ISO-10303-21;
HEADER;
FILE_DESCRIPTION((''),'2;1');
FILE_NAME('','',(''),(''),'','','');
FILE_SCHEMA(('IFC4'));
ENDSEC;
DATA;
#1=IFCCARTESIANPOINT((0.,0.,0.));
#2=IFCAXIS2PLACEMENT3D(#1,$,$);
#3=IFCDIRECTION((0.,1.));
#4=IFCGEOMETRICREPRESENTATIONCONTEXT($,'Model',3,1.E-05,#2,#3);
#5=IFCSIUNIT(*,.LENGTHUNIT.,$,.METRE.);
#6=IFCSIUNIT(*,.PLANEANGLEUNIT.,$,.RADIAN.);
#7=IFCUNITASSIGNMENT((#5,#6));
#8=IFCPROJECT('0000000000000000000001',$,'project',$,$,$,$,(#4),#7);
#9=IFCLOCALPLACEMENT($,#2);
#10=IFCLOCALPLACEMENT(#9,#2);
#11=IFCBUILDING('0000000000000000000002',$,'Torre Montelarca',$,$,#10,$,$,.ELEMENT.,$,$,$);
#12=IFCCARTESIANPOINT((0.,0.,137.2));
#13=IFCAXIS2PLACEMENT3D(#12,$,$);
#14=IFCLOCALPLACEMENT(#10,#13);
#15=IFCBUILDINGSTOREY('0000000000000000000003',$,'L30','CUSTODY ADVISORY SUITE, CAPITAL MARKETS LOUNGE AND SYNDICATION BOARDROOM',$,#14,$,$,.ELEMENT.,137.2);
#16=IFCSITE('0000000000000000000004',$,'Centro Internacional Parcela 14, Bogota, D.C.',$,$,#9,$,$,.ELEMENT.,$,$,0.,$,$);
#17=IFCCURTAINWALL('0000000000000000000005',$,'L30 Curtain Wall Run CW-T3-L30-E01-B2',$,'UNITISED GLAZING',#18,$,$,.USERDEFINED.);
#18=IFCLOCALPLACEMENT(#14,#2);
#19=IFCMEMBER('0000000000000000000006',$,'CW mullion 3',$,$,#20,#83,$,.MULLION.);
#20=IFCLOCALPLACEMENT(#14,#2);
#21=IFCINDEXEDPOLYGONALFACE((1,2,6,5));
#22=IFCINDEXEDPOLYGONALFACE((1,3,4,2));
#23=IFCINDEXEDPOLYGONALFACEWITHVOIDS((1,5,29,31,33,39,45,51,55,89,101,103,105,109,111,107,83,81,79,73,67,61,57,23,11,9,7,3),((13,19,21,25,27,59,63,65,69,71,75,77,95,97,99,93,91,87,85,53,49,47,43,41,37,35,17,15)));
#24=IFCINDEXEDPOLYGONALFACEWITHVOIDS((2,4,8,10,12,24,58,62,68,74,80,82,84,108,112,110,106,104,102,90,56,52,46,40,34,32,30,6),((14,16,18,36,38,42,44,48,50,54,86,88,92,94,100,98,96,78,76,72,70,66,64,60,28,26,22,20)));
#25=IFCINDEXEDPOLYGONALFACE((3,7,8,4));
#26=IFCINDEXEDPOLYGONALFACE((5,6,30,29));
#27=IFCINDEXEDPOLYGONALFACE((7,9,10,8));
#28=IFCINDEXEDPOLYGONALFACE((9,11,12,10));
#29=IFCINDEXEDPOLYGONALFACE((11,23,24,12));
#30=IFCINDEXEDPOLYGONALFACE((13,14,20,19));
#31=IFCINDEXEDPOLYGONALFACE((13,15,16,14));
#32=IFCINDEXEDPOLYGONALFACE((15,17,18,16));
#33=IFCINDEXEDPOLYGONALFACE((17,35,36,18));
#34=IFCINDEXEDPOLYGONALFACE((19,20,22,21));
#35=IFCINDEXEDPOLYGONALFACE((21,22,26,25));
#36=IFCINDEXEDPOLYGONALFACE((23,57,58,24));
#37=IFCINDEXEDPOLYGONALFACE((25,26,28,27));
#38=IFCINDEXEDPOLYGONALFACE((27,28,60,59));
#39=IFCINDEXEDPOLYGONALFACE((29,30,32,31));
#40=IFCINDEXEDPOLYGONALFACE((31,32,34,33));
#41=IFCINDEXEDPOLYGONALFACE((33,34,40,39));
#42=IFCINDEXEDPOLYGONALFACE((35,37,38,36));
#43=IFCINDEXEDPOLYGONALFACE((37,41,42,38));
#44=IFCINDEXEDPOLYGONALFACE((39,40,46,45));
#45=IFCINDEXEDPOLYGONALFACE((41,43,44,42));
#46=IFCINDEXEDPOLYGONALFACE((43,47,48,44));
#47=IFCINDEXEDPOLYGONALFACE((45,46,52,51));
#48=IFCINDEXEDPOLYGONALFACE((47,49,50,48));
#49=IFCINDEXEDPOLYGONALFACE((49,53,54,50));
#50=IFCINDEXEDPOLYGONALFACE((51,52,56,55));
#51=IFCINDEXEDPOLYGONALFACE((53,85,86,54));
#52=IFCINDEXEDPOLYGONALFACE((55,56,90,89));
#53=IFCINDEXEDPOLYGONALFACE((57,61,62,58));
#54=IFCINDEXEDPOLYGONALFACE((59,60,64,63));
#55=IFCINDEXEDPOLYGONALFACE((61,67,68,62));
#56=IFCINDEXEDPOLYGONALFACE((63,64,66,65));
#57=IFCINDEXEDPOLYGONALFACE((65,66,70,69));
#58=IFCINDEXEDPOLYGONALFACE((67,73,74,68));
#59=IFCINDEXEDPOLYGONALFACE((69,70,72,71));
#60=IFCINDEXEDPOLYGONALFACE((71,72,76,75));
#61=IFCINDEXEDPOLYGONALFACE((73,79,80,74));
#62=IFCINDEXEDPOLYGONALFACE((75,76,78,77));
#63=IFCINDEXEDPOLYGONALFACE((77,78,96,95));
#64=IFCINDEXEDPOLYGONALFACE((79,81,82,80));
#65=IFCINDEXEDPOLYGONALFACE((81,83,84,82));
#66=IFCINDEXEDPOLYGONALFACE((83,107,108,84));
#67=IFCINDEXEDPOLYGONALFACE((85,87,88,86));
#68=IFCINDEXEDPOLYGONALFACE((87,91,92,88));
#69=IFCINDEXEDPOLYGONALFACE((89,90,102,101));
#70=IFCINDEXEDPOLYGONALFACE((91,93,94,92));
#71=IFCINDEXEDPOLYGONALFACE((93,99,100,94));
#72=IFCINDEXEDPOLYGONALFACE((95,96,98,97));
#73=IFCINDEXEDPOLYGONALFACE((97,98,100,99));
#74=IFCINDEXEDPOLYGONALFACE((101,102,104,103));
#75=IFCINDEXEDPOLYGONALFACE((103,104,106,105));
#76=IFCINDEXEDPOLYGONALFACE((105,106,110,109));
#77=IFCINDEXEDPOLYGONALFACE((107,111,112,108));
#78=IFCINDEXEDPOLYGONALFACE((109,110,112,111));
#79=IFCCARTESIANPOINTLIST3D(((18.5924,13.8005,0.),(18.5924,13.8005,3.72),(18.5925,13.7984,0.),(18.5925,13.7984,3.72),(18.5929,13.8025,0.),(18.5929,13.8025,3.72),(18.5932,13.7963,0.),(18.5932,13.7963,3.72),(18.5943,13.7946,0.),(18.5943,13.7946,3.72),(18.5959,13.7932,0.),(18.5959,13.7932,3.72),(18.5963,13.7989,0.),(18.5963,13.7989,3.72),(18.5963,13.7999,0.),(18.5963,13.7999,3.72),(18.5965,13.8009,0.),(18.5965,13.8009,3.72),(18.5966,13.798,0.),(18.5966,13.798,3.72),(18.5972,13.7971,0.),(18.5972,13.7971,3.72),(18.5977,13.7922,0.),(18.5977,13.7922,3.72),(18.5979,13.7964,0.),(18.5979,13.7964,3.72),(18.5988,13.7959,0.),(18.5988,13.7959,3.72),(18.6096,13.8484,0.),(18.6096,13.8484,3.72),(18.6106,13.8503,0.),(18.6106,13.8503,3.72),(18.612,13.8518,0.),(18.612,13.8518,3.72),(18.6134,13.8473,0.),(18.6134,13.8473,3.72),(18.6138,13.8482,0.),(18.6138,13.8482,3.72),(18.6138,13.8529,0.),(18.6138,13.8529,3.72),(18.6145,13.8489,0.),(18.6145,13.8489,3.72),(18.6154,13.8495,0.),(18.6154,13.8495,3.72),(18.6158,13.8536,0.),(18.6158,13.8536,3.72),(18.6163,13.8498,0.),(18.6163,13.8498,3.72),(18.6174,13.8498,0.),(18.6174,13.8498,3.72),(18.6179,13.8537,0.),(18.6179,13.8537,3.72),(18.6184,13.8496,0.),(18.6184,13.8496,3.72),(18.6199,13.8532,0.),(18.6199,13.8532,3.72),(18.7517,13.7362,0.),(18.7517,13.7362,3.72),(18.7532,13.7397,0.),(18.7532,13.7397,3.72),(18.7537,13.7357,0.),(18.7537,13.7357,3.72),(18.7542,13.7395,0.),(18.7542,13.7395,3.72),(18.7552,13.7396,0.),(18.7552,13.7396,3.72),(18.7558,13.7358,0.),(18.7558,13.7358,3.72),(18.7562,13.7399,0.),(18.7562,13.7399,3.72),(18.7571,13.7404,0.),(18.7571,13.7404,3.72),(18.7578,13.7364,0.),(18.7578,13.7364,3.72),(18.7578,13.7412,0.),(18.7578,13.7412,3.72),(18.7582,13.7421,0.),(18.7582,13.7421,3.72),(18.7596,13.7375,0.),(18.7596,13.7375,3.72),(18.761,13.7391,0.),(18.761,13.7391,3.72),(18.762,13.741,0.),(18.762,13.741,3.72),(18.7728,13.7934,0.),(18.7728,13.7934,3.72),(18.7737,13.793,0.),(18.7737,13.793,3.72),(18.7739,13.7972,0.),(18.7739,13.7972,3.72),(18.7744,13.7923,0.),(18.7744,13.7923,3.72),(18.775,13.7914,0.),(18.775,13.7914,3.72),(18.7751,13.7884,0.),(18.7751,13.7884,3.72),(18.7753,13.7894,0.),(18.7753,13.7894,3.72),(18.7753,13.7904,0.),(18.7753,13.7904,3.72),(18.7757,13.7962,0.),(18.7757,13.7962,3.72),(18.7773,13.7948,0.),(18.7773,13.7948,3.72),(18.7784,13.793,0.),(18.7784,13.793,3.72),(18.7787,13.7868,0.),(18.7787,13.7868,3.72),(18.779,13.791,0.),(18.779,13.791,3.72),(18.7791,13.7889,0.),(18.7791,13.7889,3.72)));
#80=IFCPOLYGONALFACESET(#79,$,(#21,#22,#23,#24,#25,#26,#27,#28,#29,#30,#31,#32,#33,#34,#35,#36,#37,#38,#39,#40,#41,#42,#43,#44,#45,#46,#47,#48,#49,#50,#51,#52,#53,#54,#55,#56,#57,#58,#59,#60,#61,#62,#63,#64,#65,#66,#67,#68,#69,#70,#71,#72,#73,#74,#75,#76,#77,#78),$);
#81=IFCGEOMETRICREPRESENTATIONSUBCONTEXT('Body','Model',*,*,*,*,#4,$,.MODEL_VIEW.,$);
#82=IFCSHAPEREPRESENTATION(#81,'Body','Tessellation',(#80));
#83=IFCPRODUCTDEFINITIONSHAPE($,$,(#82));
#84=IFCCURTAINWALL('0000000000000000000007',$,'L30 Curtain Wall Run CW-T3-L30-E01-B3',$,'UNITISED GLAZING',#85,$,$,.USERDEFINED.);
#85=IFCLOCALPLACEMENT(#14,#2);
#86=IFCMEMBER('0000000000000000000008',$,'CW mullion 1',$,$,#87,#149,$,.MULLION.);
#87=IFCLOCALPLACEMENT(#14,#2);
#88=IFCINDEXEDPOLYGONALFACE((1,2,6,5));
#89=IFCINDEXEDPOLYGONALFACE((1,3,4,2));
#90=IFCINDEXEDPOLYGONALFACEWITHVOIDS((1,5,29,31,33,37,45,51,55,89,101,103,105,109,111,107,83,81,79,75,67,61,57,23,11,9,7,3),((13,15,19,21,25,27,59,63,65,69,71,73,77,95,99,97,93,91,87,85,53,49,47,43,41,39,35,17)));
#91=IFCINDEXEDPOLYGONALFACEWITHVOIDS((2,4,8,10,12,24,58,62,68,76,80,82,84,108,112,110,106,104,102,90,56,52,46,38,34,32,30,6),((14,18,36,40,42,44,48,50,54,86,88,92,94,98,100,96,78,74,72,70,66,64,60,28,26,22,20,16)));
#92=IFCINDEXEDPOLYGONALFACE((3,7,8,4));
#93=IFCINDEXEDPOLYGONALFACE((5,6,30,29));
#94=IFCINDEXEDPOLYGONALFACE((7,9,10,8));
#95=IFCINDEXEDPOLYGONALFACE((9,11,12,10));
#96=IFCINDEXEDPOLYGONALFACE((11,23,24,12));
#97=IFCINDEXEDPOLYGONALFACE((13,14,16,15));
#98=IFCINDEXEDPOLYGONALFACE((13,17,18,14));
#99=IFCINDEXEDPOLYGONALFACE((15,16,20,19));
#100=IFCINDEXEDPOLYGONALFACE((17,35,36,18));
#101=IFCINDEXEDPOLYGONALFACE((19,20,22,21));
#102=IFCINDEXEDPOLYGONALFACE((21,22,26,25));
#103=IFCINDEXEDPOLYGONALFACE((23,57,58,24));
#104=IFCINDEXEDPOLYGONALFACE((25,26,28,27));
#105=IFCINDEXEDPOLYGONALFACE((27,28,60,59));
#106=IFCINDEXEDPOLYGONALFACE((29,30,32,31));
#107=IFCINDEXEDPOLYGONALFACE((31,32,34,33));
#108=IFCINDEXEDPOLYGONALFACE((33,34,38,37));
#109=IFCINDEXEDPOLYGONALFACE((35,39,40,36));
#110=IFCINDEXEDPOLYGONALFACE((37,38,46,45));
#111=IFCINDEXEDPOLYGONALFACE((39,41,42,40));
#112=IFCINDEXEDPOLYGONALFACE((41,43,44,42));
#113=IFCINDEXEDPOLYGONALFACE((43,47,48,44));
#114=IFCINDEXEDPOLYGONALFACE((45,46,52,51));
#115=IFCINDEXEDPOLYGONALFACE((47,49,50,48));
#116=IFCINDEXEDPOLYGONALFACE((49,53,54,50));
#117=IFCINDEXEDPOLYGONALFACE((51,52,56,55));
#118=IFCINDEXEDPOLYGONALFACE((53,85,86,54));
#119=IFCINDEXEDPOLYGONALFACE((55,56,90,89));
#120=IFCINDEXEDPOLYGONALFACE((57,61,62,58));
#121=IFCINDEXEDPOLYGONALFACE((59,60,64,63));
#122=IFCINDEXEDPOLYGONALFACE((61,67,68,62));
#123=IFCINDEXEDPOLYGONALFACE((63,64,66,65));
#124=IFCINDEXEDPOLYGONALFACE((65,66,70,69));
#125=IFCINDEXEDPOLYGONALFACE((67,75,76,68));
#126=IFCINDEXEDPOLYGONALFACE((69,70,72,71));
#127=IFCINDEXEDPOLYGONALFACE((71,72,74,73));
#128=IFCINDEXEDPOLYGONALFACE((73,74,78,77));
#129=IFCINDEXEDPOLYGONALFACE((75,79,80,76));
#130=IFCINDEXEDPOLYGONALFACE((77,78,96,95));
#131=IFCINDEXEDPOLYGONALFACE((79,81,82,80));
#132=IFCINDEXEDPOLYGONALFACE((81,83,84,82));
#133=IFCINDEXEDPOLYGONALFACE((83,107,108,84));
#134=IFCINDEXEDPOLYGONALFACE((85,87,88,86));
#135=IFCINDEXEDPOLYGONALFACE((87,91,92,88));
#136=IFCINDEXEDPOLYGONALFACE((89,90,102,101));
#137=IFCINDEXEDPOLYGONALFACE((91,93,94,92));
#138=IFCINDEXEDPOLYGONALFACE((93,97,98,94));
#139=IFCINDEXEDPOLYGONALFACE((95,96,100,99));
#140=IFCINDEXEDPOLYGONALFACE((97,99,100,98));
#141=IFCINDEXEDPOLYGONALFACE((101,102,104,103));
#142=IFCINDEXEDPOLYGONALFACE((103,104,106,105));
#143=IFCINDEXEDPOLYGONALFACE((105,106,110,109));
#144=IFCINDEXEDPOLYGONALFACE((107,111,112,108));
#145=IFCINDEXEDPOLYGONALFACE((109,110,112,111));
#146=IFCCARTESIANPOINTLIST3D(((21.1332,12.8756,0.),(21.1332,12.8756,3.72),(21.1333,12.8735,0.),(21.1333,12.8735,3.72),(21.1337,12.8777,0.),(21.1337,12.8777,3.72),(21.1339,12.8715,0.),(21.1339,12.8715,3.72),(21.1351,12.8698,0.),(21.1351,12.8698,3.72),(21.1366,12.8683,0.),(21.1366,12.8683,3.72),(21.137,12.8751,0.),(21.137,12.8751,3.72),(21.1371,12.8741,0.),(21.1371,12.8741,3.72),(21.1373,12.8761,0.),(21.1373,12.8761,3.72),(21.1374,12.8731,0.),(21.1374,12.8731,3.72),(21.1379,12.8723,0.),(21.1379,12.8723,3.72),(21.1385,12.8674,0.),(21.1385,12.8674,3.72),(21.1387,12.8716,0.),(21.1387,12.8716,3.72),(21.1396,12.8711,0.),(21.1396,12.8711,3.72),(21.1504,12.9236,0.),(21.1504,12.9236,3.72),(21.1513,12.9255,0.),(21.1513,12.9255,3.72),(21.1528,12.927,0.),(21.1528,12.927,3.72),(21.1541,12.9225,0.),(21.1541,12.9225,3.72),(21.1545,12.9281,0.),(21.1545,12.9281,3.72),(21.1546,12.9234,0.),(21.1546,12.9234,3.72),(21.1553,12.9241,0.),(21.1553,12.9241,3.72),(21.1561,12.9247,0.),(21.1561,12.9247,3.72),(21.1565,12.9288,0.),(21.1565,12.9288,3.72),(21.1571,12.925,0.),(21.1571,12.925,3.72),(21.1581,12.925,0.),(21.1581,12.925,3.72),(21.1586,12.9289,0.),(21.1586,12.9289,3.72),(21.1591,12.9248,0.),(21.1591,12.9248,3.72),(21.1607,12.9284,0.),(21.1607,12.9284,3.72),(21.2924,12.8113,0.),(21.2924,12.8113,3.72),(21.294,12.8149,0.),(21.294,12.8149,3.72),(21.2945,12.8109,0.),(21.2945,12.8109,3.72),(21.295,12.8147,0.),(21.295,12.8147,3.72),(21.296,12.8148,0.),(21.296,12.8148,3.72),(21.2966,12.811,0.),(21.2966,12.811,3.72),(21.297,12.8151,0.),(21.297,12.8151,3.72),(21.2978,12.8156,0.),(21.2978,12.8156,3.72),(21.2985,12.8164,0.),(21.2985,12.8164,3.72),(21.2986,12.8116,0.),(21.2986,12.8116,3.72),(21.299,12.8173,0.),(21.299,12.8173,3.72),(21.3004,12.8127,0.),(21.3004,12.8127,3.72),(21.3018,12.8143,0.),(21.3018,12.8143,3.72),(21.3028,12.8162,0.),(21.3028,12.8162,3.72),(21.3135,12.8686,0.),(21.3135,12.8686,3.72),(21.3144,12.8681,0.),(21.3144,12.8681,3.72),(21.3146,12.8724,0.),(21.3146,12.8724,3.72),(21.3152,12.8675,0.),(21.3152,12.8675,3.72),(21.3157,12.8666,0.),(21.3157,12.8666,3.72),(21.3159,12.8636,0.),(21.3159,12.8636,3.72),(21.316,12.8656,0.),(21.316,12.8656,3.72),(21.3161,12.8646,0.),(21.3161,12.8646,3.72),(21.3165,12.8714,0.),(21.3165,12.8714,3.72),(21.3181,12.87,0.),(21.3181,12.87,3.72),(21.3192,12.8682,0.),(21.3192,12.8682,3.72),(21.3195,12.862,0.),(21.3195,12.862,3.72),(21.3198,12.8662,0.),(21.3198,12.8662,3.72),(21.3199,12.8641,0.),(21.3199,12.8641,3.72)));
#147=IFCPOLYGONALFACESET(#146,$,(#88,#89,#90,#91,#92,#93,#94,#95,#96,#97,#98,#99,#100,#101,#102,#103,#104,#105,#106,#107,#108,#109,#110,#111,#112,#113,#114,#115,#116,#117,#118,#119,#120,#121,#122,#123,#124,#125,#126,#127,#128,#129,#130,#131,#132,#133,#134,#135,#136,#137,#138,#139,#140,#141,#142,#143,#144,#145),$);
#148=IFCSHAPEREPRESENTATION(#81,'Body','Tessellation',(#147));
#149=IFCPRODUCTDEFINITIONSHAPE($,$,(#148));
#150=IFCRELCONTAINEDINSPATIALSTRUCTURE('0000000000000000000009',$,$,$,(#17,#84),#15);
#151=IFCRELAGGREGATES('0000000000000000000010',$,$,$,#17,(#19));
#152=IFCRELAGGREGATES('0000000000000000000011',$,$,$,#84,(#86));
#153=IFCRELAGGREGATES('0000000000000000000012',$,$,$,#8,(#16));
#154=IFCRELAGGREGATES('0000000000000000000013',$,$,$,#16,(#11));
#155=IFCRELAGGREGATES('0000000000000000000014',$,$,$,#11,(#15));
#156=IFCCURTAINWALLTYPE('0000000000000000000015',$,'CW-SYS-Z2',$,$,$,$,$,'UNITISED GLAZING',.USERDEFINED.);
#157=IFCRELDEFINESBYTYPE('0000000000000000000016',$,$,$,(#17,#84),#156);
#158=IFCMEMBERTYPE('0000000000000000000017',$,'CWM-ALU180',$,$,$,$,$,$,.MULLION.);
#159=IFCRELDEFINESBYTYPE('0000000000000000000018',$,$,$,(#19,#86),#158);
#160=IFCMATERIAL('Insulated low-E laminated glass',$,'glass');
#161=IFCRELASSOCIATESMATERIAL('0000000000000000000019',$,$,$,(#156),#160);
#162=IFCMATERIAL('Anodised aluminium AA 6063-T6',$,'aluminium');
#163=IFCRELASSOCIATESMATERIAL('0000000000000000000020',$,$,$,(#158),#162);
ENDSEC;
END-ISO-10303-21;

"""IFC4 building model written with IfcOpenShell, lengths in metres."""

from ifc_helpers import new_model, si_unit, direction, frame, origin, origin_2d, place, context, subcontext, project, spatial, hollow_rectangle, extrude, source, transform, mapped, material, material_profile, profile_set, type_object, element, aggregate, save


model = new_model("IFC4")

# Units and contexts
model_context = context("Model", 3, precision=1e-05, world=origin(), true_north=direction((0.0, 1.0)))
body_context = subcontext(model_context, "Body", "Model", "MODEL_VIEW")
ifc_project = project(units=[si_unit("LENGTHUNIT", "METRE"), si_unit("PLANEANGLEUNIT", "RADIAN")], contexts=[model_context])

# Site, building, storey
site_placement = place(None, origin())
site = spatial("IfcSite", under=ifc_project, at=site_placement, Name="Centro Internacional Parcela 14, Bogota, D.C.", CompositionType="ELEMENT", RefElevation=0.0)
building_placement = place(site_placement, origin())
building = spatial("IfcBuilding", under=site, at=building_placement, Name="Torre Montelarca", CompositionType="ELEMENT")
storey_placement = place(building_placement, frame((0.0, 0.0, 137.2)))
storey = spatial("IfcBuildingStorey", under=building, at=storey_placement, Name="L30", Description="CUSTODY ADVISORY SUITE, CAPITAL MARKETS LOUNGE AND SYNDICATION BOARDROOM", CompositionType="ELEMENT", Elevation=137.2)

# Curtain walls, members
ifc_material_1 = material(Name="Insulated low-E laminated glass", Category="glass")
curtain_wall_type = type_object("IfcCurtainWallType", Name="CW-SYS-Z2", ElementType="UNITISED GLAZING", PredefinedType="USERDEFINED", material=ifc_material_1)
ifc_material_2 = material(Name="Anodised aluminium AA 6063-T6", Category="aluminium")
ifc_material_profile_1 = material_profile(ifc_material_2, hollow_rectangle(XDim=0.0649, YDim=0.1799, WallThickness=0.0039, InnerFilletRadius=0.0039, OuterFilletRadius=0.0081, at=origin_2d()), Name="ALU65X180X4", Category="aluminium")
ifc_profile_set_1 = profile_set([ifc_material_profile_1], Name="Anodised aluminium AA 6063-T6")
member_type_1 = type_object("IfcMemberType", Name="CWM-ALU180", PredefinedType="MULLION", material=ifc_profile_set_1)
shared_shape_1 = source(origin(), body_context, "Body", "SweptSolid", [
    extrude(hollow_rectangle(XDim=0.0649, YDim=0.1799, WallThickness=0.0039, InnerFilletRadius=0.0039, OuterFilletRadius=0.0081, at=origin_2d()), origin(), (0.0, 0.0, 1.0), 3.72),
])
curtain_wall_1_placement = place(storey_placement, origin())
curtain_wall_1 = element("IfcCurtainWall", 1, at=curtain_wall_1_placement, inside=storey, type_object=curtain_wall_type, Name="L30 Curtain Wall Run CW-T3-L30-E01-B2", ObjectType="UNITISED GLAZING", PredefinedType="USERDEFINED")
member_1_placement = place(storey_placement, frame((18.6858, 13.7947, 0.0), z_axis=(0.0, 0.0, 1.0), x_axis=(0.342025, 0.939691, 0.0)))
member_1 = element("IfcMember", 2, at=member_1_placement, type_object=member_type_1, Name="CW mullion 3", PredefinedType="MULLION", context=body_context, shape_type="MappedRepresentation", body=[
    mapped(shared_shape_1, transform((0.0, 0.0, 0.0), scale=1.0)),
])
curtain_wall_2_placement = place(storey_placement, origin())
curtain_wall_2 = element("IfcCurtainWall", 3, at=curtain_wall_2_placement, inside=storey, type_object=curtain_wall_type, Name="L30 Curtain Wall Run CW-T3-L30-E01-B3", ObjectType="UNITISED GLAZING", PredefinedType="USERDEFINED")
member_2_placement = place(storey_placement, frame((21.2266, 12.8699, 0.0), z_axis=(0.0, 0.0, 1.0), x_axis=(0.342021, 0.939692, 0.0)))
member_2 = element("IfcMember", 4, at=member_2_placement, type_object=member_type_1, Name="CW mullion 1", PredefinedType="MULLION", context=body_context, shape_type="MappedRepresentation", body=[
    mapped(shared_shape_1, transform((0.0, 0.0, 0.0), scale=1.0)),
])

aggregate(curtain_wall_1, [member_1])
aggregate(curtain_wall_2, [member_2])

save(model, "model.ifc")
